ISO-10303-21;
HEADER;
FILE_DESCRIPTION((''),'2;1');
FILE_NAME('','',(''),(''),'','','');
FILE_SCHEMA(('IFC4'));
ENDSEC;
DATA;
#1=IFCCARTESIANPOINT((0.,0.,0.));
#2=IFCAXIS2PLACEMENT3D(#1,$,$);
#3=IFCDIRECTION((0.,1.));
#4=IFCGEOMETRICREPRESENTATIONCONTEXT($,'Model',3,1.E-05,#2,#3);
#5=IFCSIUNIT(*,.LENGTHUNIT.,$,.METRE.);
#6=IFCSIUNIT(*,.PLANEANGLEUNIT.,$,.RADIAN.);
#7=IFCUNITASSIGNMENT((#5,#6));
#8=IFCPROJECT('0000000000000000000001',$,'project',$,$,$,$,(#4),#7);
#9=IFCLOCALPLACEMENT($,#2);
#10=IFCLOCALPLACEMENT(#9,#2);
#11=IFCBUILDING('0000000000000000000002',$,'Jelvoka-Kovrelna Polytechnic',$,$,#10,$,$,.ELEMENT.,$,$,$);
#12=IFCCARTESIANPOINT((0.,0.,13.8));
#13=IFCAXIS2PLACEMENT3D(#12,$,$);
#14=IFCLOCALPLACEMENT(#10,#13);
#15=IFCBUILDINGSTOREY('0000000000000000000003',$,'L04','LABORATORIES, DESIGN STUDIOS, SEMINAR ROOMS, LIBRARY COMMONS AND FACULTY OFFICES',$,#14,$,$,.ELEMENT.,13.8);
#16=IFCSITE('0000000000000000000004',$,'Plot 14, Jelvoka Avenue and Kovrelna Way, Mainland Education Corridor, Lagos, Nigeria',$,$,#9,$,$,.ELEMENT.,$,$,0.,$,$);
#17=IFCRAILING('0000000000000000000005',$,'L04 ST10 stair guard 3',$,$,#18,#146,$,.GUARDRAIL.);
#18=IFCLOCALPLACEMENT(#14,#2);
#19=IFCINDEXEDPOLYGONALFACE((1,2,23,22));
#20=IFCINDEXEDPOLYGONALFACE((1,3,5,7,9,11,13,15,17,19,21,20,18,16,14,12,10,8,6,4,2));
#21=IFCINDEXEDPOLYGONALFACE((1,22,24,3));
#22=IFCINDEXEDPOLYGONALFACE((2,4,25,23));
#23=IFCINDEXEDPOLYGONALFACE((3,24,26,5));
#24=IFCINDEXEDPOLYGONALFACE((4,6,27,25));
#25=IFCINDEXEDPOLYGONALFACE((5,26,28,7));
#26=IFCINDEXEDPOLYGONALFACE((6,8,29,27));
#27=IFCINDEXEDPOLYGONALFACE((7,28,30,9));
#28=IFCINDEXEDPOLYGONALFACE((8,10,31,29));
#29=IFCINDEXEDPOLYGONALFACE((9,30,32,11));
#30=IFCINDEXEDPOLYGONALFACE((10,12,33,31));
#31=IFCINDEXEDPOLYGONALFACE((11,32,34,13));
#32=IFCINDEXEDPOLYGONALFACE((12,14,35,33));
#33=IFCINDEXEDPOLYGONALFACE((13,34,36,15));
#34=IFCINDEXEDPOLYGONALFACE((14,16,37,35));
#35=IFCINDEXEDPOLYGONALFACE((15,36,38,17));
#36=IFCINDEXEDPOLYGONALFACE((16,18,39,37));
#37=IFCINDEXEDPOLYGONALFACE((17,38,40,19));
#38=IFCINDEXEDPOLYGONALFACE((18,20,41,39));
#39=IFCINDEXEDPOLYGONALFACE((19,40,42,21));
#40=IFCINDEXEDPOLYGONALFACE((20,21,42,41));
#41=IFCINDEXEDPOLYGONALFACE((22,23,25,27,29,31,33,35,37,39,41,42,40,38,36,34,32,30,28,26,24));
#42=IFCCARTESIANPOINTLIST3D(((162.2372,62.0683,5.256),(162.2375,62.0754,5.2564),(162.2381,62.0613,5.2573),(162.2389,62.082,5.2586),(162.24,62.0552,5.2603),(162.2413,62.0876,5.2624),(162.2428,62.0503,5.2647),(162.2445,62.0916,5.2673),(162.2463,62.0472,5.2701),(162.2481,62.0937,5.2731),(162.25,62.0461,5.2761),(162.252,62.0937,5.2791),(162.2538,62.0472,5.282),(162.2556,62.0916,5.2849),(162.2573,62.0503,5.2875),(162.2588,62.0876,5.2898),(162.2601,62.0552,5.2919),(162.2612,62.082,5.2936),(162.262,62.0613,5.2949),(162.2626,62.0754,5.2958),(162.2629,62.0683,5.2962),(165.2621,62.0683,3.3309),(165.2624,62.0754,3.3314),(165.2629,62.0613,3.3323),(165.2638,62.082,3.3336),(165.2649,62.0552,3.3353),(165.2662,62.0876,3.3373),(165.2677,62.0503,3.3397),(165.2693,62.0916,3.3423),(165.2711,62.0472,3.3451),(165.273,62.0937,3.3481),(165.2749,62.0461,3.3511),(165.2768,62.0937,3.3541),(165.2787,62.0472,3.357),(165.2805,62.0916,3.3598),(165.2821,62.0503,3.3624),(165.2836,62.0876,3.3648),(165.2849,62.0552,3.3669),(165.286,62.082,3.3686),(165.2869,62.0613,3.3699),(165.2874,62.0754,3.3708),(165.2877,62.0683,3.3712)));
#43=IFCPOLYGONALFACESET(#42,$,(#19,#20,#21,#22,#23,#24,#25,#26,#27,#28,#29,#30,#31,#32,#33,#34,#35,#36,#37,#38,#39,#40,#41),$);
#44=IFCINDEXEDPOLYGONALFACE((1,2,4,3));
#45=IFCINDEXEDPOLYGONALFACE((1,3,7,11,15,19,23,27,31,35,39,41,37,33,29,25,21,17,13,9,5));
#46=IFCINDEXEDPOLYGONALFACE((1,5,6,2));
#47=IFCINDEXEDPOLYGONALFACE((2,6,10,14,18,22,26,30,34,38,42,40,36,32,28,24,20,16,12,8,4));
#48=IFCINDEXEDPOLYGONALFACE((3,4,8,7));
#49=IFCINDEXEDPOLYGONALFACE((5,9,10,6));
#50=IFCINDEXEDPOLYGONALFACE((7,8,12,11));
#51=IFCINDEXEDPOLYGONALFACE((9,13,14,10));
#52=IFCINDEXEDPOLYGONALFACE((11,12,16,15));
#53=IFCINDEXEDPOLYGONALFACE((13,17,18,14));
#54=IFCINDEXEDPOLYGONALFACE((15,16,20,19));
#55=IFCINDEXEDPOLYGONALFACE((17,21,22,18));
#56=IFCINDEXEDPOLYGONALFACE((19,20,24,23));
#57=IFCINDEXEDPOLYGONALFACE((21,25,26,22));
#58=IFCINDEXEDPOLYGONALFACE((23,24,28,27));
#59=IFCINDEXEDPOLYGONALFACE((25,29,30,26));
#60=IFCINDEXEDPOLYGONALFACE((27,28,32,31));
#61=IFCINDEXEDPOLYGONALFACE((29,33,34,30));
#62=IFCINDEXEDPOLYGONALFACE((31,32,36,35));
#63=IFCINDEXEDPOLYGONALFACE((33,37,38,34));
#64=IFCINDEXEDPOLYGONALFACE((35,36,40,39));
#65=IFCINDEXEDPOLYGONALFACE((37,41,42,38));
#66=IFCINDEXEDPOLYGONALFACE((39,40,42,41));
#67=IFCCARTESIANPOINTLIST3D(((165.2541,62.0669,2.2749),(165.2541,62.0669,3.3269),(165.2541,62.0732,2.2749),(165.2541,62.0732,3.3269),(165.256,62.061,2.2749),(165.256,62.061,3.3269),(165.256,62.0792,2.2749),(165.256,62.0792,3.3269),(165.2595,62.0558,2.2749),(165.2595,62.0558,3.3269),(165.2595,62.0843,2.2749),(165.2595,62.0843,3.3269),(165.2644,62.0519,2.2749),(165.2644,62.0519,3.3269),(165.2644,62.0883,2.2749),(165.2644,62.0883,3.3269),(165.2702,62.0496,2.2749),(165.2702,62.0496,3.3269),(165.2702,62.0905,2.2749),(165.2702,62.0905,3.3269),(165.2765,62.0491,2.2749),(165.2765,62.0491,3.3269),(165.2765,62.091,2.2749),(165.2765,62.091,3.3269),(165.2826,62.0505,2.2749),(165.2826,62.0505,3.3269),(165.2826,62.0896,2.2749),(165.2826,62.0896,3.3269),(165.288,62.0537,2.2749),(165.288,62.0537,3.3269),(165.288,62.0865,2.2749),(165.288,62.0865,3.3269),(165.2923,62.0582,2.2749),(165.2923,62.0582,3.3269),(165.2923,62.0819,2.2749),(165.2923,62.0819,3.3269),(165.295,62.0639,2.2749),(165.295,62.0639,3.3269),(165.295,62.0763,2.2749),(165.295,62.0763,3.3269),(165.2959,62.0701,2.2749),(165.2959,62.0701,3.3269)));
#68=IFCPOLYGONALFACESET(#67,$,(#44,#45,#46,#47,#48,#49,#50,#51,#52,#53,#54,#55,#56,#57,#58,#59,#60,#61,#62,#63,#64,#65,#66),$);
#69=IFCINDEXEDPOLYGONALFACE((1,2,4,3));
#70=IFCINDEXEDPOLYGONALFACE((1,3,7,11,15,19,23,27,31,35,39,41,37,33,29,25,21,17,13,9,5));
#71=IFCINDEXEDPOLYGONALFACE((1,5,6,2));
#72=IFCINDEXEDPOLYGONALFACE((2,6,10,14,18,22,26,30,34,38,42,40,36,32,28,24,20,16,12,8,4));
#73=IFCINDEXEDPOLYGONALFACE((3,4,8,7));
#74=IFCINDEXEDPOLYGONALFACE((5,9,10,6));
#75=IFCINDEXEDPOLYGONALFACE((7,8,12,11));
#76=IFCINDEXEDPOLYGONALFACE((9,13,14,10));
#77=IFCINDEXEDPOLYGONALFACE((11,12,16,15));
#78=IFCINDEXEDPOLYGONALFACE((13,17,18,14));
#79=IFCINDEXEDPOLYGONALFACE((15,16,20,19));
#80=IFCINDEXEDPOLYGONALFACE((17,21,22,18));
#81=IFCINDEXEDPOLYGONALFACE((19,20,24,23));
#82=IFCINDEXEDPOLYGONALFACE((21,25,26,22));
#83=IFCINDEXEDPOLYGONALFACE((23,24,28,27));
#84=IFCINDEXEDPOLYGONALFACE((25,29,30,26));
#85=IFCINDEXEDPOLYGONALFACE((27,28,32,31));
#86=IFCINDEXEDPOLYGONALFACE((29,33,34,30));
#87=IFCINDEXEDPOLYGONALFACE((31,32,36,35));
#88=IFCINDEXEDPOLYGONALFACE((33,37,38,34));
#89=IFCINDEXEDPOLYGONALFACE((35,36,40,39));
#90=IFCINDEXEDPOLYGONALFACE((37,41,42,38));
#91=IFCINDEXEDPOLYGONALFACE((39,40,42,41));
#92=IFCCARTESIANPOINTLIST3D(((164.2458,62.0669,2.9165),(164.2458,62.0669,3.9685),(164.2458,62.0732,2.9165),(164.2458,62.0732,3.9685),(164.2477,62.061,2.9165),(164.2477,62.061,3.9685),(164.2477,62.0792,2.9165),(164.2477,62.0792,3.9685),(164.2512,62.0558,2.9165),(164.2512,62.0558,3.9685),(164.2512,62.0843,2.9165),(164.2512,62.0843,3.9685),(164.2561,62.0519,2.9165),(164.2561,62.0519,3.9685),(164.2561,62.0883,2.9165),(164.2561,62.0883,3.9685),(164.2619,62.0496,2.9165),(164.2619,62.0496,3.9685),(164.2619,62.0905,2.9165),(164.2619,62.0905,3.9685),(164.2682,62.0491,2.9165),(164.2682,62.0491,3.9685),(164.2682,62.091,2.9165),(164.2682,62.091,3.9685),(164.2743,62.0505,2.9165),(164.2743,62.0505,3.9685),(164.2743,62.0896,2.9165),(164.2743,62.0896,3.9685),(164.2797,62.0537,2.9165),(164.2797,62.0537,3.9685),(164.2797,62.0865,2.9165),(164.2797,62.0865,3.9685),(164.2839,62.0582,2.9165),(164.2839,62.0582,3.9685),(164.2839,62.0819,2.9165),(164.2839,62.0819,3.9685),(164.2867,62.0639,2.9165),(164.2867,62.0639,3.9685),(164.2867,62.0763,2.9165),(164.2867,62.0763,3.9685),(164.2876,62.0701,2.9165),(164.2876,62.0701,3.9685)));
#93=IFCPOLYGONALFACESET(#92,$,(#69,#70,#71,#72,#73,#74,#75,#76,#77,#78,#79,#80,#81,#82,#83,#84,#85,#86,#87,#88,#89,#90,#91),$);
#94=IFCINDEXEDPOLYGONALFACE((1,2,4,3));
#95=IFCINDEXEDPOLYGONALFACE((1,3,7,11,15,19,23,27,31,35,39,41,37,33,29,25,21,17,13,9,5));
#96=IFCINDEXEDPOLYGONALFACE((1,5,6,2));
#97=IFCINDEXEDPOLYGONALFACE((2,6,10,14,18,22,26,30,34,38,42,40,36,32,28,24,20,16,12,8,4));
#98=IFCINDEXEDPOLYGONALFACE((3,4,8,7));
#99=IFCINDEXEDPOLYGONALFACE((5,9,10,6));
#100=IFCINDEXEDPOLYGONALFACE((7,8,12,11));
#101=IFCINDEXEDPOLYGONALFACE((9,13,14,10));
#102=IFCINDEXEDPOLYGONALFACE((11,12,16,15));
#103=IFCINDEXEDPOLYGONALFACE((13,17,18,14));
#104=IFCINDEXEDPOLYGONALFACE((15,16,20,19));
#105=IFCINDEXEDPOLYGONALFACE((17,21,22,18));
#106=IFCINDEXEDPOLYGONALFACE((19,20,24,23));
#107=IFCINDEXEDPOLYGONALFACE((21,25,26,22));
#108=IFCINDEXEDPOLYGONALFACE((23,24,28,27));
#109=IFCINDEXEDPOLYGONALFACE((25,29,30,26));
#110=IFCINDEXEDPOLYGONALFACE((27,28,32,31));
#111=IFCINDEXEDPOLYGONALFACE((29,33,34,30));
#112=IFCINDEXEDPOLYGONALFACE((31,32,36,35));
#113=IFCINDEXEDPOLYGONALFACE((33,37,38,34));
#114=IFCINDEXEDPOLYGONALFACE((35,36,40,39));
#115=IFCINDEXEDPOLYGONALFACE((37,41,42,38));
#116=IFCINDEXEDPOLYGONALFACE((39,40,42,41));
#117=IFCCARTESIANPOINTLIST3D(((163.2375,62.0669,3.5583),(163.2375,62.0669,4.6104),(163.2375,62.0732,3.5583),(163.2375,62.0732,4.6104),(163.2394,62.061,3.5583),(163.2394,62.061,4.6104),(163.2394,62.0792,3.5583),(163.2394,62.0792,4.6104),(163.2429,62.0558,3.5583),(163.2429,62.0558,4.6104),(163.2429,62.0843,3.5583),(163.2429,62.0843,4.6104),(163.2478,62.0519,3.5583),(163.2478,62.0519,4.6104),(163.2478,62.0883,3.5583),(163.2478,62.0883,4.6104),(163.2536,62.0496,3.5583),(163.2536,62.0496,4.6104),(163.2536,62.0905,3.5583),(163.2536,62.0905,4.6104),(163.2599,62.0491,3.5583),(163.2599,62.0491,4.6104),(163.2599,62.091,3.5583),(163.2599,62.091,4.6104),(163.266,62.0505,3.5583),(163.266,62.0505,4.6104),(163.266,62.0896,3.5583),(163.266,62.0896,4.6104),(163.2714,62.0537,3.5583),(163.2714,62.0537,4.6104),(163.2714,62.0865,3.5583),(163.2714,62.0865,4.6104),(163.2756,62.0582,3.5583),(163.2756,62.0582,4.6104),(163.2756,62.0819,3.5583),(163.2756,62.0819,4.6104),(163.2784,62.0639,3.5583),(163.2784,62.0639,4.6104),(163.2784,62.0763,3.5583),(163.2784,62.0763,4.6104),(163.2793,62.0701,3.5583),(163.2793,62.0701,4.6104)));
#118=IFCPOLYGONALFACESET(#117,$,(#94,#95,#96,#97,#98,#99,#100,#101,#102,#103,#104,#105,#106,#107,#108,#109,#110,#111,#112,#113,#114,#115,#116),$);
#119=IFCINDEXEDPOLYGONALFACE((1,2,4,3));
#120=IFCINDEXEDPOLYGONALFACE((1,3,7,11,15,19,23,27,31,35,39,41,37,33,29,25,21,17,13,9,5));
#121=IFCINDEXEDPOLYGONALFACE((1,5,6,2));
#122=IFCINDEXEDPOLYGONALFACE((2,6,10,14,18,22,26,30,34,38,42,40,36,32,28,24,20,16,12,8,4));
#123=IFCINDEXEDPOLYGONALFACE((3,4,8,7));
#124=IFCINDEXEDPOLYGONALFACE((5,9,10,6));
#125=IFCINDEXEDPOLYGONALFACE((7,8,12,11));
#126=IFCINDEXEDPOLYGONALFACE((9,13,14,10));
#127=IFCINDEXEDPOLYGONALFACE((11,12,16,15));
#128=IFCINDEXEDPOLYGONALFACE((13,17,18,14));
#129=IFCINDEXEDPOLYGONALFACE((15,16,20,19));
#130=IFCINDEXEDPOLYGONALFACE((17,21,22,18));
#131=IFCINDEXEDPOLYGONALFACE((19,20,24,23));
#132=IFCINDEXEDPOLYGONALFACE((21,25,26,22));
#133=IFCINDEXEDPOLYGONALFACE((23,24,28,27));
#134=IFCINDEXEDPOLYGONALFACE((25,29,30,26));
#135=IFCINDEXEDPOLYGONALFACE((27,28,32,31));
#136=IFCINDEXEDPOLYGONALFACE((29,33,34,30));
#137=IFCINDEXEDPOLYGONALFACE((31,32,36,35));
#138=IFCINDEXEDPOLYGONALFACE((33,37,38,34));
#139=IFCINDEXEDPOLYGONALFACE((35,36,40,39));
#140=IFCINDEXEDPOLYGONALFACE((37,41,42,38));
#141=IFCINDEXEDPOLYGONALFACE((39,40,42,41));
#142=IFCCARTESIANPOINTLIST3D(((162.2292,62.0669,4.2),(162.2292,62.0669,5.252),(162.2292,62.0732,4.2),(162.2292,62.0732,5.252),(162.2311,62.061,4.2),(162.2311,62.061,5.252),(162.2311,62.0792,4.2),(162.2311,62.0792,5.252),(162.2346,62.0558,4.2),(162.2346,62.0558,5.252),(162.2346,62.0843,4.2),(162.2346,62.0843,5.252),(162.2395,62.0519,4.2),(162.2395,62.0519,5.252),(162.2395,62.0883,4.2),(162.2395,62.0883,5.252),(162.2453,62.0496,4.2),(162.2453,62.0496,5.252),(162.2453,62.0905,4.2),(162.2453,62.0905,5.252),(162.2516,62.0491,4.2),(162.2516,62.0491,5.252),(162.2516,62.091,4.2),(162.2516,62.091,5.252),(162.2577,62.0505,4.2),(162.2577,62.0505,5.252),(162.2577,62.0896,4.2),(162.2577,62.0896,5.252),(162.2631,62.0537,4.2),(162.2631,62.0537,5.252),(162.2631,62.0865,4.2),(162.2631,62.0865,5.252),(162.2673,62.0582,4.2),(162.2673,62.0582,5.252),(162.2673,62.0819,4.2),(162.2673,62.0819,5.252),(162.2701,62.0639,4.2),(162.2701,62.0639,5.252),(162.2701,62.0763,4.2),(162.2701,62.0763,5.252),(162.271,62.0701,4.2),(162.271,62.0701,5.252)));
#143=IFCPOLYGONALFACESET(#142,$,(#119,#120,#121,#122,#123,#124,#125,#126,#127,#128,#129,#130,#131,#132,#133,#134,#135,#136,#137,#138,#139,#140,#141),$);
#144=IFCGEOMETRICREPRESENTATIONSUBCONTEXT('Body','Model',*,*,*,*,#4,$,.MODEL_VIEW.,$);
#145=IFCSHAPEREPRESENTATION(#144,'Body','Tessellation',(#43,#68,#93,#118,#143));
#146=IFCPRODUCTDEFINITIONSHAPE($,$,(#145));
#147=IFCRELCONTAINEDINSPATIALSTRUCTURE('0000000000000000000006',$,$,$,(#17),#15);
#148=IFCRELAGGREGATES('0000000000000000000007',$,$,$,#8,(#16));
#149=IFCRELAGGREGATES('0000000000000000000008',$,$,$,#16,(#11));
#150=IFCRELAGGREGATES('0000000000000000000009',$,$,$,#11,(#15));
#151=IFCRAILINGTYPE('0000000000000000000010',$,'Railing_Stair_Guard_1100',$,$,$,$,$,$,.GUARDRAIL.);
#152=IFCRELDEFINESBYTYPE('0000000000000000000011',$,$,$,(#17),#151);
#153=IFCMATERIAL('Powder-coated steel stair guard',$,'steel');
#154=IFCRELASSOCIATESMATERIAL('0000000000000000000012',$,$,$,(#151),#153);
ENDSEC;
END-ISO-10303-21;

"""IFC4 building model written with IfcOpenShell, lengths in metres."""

from ifc_helpers import new_model, si_unit, direction, frame, origin, origin_2d, place, context, subcontext, project, spatial, circle, extrude, material, type_object, element, save


model = new_model("IFC4")

# Units and contexts
model_context = context("Model", 3, precision=1e-05, world=origin(), true_north=direction((0.0, 1.0)))
body_context = subcontext(model_context, "Body", "Model", "MODEL_VIEW")
ifc_project = project(units=[si_unit("LENGTHUNIT", "METRE"), si_unit("PLANEANGLEUNIT", "RADIAN")], contexts=[model_context])

# Site, building, storey
site_placement = place(None, origin())
site = spatial("IfcSite", under=ifc_project, at=site_placement, Name="Plot 14, Jelvoka Avenue and Kovrelna Way, Mainland Education Corridor, Lagos, Nigeria", CompositionType="ELEMENT", RefElevation=0.0)
building_placement = place(site_placement, origin())
building = spatial("IfcBuilding", under=site, at=building_placement, Name="Jelvoka-Kovrelna Polytechnic", CompositionType="ELEMENT")
storey_placement = place(building_placement, frame((0.0, 0.0, 13.8)))
storey = spatial("IfcBuildingStorey", under=building, at=storey_placement, Name="L04", Description="LABORATORIES, DESIGN STUDIOS, SEMINAR ROOMS, LIBRARY COMMONS AND FACULTY OFFICES", CompositionType="ELEMENT", Elevation=13.8)

# Railing
ifc_material_1 = material(Name="Powder-coated steel stair guard", Category="steel")
railing_type_1 = type_object("IfcRailingType", Name="Railing_Stair_Guard_1100", PredefinedType="GUARDRAIL", material=ifc_material_1)
railing_1_placement = place(storey_placement, frame((165.2749, 62.0701, 2.2749)))
element("IfcRailing", 1, at=railing_1_placement, inside=storey, type_object=railing_type_1, Name="L04 ST10 stair guard 3", PredefinedType="GUARDRAIL", context=body_context, shape_type="SweptSolid", body=[
    extrude(circle(Radius=0.0239, at=origin_2d()), frame((0.0, 0.0, 1.0762), z_axis=(-0.843647, 0.0, 0.536898), x_axis=(0.0, -1.0, 0.0)), (0.0, 0.0, 1.0), 3.5854),
    extrude(circle(Radius=0.021, at=origin_2d()), origin(), (0.0, 0.0, 1.0), 1.052),
    extrude(circle(Radius=0.021, at=origin_2d()), frame((-1.0083, 0.0, 0.6416)), (0.0, 0.0, 1.0), 1.052),
    extrude(circle(Radius=0.021, at=origin_2d()), frame((-2.0166, 0.0, 1.2834)), (0.0, 0.0, 1.0), 1.052),
    extrude(circle(Radius=0.021, at=origin_2d()), frame((-3.0249, 0.0, 1.925)), (0.0, 0.0, 1.0), 1.052),
])

save(model, "model.ifc")
